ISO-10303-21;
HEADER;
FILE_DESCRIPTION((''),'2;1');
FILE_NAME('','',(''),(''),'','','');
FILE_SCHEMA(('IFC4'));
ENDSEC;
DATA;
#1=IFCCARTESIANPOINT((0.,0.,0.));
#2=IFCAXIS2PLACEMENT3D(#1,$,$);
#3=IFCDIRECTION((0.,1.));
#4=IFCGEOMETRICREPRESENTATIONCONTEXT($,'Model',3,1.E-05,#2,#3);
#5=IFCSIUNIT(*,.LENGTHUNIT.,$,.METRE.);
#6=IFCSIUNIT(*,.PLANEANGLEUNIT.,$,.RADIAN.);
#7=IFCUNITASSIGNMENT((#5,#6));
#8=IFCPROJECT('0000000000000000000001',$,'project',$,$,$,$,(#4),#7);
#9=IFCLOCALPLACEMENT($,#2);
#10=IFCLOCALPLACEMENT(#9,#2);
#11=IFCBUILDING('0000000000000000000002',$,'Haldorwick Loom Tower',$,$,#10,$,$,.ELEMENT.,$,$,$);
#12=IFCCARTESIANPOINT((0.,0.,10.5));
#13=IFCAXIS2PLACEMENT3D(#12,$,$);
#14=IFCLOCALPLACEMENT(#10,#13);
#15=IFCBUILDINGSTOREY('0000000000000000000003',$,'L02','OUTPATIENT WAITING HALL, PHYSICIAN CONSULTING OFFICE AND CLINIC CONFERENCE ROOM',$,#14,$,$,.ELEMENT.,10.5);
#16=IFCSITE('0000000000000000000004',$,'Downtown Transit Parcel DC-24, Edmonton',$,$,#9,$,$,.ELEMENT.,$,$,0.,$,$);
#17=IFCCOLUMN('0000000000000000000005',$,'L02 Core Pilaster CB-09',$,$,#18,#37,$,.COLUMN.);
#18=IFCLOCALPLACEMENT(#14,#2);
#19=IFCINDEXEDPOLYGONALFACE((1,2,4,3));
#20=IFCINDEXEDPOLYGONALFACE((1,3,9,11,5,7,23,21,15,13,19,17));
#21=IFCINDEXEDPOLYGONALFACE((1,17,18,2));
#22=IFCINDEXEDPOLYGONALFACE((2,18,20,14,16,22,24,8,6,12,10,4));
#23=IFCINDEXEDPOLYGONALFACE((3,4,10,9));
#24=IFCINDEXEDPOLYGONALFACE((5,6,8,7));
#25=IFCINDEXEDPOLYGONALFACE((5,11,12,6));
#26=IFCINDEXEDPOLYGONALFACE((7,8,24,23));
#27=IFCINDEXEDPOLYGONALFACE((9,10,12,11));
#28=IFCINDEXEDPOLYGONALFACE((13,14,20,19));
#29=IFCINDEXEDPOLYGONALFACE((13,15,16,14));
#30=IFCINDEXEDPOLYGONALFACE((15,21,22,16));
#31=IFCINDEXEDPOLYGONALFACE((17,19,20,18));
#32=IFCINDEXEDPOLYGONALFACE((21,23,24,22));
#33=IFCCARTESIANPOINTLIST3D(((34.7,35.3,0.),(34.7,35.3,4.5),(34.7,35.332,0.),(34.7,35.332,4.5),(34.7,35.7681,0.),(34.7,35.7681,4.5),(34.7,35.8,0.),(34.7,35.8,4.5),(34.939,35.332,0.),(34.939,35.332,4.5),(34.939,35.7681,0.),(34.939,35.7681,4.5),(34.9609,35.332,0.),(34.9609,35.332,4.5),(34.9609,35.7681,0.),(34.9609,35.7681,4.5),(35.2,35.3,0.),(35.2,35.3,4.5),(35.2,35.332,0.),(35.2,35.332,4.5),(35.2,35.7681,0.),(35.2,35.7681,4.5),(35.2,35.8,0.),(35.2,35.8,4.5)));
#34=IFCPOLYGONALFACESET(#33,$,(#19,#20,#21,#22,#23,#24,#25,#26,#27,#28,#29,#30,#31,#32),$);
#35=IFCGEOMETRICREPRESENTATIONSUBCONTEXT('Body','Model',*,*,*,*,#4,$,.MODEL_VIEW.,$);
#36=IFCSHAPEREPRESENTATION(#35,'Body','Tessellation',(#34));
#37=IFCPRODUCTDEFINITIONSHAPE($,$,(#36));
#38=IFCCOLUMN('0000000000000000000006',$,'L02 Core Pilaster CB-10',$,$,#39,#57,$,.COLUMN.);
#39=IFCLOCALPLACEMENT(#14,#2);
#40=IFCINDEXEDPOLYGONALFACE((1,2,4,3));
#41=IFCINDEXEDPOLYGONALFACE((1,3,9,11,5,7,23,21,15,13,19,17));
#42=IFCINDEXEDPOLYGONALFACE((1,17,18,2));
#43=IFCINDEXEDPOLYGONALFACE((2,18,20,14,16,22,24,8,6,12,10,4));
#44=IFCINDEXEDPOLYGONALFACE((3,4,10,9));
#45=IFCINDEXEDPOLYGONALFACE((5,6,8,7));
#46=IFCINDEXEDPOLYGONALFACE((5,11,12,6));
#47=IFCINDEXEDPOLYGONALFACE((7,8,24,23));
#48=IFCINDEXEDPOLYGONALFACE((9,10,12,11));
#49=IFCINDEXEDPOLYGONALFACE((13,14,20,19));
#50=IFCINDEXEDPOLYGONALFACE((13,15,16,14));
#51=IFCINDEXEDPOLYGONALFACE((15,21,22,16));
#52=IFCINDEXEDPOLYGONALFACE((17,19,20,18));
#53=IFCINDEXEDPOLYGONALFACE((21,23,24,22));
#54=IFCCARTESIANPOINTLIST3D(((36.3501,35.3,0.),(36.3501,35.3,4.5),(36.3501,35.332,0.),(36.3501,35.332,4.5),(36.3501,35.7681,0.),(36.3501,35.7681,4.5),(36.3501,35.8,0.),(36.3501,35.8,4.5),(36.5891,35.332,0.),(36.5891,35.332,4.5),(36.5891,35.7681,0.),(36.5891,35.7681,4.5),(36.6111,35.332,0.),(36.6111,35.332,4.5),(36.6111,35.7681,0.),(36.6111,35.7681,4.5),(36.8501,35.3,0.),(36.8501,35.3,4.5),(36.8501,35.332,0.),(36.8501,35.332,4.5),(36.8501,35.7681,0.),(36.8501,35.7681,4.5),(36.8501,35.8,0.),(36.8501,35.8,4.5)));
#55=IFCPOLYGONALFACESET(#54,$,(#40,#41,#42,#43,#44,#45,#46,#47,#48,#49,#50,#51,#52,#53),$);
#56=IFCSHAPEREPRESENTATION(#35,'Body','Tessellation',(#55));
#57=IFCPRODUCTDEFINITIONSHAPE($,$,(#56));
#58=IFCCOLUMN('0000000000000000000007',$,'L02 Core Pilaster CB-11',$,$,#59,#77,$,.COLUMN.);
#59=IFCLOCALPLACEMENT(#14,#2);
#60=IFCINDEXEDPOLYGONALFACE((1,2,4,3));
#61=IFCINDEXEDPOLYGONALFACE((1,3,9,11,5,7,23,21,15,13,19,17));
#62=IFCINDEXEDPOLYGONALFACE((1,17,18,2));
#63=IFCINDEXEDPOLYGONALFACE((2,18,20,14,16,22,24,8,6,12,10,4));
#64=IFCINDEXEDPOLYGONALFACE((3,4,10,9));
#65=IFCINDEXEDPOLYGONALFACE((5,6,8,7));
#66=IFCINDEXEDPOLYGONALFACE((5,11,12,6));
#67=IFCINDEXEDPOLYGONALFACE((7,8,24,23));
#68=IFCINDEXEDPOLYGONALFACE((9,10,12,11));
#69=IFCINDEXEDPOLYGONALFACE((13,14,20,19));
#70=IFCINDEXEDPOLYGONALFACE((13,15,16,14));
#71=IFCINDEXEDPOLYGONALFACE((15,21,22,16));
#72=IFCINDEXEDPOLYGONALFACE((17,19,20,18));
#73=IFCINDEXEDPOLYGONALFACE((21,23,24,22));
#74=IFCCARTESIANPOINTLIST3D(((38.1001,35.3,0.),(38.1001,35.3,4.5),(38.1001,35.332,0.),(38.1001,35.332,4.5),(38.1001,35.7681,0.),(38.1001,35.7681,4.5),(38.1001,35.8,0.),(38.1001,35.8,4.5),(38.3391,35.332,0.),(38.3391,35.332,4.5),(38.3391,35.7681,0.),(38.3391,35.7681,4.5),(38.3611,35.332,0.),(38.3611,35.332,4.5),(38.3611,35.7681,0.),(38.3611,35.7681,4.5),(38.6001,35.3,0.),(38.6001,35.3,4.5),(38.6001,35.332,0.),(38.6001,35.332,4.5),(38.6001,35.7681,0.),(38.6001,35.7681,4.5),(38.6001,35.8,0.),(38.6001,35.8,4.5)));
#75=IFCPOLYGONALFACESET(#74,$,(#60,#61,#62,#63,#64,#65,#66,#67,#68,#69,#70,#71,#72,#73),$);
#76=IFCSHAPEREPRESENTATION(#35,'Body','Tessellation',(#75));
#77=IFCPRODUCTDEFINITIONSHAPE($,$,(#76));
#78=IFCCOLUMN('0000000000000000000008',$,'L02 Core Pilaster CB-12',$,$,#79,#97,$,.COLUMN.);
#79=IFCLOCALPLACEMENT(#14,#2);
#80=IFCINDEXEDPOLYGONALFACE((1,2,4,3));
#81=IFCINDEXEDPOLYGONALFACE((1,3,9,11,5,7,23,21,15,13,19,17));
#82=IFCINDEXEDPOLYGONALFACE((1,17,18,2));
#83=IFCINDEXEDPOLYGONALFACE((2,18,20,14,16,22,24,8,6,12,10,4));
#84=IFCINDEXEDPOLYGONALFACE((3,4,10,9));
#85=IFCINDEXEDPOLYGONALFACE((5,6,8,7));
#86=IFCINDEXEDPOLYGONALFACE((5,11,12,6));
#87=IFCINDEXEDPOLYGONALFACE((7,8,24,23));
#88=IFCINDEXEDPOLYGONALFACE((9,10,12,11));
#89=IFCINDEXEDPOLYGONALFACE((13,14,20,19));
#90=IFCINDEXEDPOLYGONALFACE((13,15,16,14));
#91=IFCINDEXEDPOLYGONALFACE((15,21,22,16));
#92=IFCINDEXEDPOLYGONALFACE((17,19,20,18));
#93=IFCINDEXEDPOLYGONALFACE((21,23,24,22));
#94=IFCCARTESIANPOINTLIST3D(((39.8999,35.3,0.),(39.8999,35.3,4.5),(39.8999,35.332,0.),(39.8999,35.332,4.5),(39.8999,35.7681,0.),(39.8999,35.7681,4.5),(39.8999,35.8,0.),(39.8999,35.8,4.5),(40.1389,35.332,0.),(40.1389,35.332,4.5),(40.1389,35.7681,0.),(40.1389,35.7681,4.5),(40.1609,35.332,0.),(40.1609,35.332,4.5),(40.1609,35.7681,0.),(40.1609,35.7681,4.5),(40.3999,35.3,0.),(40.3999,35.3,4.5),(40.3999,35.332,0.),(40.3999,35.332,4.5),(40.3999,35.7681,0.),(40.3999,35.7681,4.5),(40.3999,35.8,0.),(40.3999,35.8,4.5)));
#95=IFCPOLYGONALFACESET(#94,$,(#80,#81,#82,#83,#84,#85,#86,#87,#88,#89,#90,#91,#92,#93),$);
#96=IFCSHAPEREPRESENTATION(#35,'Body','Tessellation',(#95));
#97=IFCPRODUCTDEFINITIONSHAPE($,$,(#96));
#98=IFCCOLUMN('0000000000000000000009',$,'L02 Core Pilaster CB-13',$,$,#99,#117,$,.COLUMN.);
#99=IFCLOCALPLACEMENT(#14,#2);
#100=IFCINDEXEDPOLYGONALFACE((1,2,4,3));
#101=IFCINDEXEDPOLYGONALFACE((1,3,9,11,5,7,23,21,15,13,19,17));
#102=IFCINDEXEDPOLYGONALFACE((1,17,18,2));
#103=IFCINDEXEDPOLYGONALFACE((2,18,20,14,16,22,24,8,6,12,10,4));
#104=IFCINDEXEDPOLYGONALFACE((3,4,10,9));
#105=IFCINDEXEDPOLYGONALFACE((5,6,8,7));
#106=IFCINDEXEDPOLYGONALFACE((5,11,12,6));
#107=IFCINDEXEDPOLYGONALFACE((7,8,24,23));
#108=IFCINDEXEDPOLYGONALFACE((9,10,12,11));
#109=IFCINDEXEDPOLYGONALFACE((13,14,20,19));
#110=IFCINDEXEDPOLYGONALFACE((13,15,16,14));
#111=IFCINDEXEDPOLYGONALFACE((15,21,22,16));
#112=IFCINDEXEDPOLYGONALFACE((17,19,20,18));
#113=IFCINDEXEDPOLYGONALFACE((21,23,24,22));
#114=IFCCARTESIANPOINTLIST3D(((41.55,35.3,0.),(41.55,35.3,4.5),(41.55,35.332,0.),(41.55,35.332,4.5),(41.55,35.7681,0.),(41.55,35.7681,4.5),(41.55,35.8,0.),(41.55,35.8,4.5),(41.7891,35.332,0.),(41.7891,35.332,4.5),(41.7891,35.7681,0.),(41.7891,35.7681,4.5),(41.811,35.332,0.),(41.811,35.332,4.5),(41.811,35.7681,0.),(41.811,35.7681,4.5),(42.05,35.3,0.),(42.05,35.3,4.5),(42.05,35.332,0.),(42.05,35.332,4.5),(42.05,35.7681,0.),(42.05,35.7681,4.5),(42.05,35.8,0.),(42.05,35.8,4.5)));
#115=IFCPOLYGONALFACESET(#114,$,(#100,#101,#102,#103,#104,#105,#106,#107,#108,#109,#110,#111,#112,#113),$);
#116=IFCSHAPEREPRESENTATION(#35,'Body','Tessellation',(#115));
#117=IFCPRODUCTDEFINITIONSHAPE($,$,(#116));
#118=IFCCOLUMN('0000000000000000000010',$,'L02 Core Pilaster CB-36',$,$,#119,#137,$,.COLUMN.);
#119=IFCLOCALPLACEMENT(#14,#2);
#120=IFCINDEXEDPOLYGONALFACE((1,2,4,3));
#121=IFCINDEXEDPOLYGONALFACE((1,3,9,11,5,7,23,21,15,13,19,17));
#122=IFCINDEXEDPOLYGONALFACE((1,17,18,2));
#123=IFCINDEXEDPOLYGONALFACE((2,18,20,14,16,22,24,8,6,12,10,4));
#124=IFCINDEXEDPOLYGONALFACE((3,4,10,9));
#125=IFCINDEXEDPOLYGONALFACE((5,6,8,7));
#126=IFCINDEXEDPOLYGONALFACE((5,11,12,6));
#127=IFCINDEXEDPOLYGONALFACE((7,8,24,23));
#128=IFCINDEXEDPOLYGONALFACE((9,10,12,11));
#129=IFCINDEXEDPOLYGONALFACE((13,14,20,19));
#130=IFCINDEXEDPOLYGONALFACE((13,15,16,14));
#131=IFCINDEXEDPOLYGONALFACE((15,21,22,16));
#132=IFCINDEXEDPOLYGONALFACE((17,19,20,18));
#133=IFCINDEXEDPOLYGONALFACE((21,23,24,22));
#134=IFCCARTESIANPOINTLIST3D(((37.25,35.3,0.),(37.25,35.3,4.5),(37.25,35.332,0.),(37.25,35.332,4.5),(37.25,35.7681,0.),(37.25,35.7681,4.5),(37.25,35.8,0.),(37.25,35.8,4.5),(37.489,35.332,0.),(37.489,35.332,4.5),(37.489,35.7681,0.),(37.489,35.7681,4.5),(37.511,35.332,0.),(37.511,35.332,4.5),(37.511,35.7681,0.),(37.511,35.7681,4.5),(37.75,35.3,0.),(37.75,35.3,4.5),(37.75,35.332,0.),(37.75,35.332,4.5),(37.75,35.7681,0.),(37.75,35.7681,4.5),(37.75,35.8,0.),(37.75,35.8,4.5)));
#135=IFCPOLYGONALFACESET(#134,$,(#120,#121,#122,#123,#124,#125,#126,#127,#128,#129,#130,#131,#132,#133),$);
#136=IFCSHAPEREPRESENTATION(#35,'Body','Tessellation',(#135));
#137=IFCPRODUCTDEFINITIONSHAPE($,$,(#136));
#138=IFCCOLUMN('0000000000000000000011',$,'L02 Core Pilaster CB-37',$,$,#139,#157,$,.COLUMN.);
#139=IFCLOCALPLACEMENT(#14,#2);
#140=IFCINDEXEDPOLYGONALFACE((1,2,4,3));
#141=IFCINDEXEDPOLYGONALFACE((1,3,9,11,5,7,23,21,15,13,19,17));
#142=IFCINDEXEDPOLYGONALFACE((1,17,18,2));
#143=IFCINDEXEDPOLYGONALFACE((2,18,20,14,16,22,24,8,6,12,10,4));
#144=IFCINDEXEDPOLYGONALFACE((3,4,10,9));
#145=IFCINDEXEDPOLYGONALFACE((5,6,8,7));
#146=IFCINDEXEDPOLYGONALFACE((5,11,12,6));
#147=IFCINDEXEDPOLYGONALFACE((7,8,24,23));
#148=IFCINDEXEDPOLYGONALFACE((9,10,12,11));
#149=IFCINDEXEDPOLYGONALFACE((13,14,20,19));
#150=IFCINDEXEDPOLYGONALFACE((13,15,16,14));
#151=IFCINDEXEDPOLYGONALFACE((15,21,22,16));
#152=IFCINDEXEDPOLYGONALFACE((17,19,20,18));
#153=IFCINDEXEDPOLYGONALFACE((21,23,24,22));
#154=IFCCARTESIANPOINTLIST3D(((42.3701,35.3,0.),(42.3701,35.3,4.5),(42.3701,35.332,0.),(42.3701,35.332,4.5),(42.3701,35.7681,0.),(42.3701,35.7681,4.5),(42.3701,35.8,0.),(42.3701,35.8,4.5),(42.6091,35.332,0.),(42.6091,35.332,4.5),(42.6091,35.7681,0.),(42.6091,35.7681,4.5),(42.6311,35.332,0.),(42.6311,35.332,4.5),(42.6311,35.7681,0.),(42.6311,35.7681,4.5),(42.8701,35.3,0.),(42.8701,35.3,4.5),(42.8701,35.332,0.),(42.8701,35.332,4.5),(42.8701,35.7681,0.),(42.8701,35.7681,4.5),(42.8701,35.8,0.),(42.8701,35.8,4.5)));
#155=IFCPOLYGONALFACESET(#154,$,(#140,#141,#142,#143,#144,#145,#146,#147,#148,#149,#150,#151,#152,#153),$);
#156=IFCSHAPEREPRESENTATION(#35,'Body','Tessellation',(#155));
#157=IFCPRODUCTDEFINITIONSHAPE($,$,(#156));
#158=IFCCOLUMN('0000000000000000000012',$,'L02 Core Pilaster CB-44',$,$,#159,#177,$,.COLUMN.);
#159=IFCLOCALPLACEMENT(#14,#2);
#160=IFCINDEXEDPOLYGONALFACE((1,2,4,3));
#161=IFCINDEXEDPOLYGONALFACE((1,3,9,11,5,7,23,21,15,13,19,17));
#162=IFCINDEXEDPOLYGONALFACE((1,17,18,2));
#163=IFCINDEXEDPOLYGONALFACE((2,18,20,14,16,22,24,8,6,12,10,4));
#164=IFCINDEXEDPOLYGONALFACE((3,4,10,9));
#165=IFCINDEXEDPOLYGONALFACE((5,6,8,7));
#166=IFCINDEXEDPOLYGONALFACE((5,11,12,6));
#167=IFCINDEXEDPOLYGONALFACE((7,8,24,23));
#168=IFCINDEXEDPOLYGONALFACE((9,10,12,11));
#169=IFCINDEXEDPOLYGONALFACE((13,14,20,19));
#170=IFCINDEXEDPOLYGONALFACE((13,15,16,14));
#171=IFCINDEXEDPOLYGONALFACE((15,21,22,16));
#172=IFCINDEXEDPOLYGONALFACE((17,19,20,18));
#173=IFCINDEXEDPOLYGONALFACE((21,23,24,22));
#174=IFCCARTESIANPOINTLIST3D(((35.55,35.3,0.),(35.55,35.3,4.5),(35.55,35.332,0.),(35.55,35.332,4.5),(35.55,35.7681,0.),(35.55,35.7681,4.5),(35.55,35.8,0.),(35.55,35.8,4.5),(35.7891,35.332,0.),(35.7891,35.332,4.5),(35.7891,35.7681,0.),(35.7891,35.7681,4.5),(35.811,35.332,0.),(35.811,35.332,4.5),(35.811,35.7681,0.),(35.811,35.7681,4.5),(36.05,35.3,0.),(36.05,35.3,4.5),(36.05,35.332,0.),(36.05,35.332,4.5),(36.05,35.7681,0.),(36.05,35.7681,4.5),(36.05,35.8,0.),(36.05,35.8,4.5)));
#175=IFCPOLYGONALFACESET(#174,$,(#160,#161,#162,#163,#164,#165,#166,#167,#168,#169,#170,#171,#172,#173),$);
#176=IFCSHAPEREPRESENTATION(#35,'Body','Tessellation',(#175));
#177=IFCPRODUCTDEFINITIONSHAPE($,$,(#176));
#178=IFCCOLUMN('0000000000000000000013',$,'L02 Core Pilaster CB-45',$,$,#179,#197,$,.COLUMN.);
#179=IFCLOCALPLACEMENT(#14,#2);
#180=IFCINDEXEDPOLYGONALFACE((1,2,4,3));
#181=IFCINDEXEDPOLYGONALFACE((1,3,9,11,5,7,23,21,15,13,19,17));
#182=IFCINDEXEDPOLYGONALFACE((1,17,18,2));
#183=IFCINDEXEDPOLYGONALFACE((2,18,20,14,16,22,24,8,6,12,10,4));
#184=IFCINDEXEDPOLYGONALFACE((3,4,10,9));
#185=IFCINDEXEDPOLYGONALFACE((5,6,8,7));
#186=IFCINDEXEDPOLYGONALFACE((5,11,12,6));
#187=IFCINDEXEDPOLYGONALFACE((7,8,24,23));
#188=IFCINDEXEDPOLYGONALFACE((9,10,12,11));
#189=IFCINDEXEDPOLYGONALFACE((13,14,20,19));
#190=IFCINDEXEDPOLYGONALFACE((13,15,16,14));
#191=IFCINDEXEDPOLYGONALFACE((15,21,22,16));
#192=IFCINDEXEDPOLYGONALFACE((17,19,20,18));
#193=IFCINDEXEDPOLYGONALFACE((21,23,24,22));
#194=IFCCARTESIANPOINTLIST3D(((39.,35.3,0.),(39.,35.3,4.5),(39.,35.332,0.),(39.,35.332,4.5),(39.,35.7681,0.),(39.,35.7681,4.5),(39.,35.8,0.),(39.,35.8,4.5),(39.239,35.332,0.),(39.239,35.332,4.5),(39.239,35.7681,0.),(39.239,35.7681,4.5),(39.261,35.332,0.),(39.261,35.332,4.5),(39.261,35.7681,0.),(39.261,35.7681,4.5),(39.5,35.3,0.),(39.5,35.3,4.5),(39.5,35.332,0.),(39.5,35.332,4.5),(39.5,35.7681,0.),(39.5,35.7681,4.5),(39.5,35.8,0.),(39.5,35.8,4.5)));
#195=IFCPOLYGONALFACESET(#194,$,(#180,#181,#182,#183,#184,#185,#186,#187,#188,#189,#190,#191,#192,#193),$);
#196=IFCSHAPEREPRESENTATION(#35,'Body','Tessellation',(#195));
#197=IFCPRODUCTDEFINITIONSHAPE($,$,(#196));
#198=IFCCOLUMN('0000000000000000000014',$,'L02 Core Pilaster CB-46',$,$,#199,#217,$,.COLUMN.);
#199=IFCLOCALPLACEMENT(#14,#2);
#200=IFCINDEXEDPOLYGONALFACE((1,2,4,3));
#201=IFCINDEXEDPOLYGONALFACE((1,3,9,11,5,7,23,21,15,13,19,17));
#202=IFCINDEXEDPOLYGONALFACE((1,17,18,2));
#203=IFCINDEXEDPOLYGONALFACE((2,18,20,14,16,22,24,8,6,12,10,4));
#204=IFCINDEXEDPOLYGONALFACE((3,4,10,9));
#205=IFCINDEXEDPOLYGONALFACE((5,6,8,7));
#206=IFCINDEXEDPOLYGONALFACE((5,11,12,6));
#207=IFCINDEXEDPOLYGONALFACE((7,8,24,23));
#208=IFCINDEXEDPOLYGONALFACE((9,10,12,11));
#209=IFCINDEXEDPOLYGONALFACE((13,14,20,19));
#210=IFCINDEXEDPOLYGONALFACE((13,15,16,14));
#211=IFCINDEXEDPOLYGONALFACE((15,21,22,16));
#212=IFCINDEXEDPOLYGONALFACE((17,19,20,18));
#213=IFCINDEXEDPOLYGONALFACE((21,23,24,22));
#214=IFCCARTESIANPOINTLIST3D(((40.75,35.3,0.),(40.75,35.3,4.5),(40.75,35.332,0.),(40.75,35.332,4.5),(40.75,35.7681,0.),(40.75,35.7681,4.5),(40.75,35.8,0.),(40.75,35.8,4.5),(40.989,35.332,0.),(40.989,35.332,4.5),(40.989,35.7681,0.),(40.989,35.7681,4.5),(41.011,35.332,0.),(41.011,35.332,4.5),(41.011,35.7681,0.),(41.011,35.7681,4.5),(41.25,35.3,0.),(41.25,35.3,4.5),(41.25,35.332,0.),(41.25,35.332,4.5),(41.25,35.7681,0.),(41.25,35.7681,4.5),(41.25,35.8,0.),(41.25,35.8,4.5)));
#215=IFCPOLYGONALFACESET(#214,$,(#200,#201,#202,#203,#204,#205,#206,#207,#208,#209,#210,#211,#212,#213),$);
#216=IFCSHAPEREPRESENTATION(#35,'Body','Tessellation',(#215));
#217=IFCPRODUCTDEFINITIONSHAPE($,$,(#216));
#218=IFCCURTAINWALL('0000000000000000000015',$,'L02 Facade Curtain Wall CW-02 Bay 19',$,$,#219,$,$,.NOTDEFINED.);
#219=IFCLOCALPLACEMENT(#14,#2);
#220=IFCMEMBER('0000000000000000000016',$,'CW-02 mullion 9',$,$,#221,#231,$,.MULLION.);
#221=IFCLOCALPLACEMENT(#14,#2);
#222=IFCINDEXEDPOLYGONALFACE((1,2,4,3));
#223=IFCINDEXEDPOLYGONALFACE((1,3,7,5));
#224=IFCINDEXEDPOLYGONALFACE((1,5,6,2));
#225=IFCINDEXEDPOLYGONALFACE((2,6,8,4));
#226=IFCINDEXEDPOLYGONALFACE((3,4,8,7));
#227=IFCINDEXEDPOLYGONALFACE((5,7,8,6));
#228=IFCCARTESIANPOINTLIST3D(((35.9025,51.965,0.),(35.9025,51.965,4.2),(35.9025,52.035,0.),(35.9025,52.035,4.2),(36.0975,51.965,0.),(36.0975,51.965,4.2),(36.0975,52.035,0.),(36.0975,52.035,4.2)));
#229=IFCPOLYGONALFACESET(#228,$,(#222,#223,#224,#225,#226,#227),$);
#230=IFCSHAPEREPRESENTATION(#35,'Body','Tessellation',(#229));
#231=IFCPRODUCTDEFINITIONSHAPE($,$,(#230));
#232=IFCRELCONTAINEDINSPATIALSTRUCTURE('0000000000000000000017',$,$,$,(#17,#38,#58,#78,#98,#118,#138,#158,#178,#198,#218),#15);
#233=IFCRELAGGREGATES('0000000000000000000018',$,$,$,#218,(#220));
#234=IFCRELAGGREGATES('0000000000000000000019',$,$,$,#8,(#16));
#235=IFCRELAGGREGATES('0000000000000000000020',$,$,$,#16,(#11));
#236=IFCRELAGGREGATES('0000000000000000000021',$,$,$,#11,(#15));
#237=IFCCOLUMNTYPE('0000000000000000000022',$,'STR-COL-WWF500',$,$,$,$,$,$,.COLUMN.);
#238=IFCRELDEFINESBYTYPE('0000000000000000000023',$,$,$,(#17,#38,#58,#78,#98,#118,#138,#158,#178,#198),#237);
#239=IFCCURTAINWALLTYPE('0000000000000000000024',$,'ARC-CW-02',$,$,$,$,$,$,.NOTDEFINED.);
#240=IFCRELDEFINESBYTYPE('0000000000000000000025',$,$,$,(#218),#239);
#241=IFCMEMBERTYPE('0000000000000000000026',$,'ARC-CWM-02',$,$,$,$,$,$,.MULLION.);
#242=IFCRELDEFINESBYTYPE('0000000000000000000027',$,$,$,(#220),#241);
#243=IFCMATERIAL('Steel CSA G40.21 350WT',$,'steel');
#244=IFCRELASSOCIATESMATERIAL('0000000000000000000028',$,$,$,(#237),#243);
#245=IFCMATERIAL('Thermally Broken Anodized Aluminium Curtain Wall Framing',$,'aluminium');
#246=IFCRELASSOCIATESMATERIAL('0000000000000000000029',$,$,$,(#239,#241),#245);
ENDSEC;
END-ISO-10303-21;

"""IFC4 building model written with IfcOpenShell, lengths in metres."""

from ifc_helpers import new_model, si_unit, direction, frame, origin, origin_2d, place, context, subcontext, project, spatial, rectangle, i_section, extrude, material, material_profile, profile_set, type_object, element, aggregate, save


model = new_model("IFC4")

# Units and contexts
model_context = context("Model", 3, precision=1e-05, world=origin(), true_north=direction((0.0, 1.0)))
body_context = subcontext(model_context, "Body", "Model", "MODEL_VIEW")
ifc_project = project(units=[si_unit("LENGTHUNIT", "METRE"), si_unit("PLANEANGLEUNIT", "RADIAN")], contexts=[model_context])

# Site, building, storey
site_placement = place(None, origin())
site = spatial("IfcSite", under=ifc_project, at=site_placement, Name="Downtown Transit Parcel DC-24, Edmonton", CompositionType="ELEMENT", RefElevation=0.0)
building_placement = place(site_placement, origin())
building = spatial("IfcBuilding", under=site, at=building_placement, Name="Haldorwick Loom Tower", CompositionType="ELEMENT")
storey_placement = place(building_placement, frame((0.0, 0.0, 10.5)))
storey = spatial("IfcBuildingStorey", under=building, at=storey_placement, Name="L02", Description="OUTPATIENT WAITING HALL, PHYSICIAN CONSULTING OFFICE AND CLINIC CONFERENCE ROOM", CompositionType="ELEMENT", Elevation=10.5)

# Columns
ifc_material_1 = material(Name="Steel CSA G40.21 350WT", Category="steel")
ifc_material_profile_1 = material_profile(ifc_material_1, i_section(OverallWidth=0.5, OverallDepth=0.5, WebThickness=0.022, FlangeThickness=0.032, at=origin_2d()), Name="WWF500X500", Category="steel")
ifc_profile_set_1 = profile_set([ifc_material_profile_1], Name="Steel CSA G40.21 350WT")
column_type = type_object("IfcColumnType", Name="STR-COL-WWF500", PredefinedType="COLUMN", material=ifc_profile_set_1)
for number, where, z_axis, x_axis, name in (
    (1, (34.95, 35.55, 0.0), (0.0, 0.0, 1.0), (1.0, 0.0, 0.0), "L02 Core Pilaster CB-09"),
    (2, (36.6001, 35.55, 0.0), (0.0, 0.0, 1.0), (1.0, 0.0, 0.0), "L02 Core Pilaster CB-10"),
    (3, (38.3501, 35.55, 0.0), (0.0, 0.0, 1.0), (1.0, 0.0, 0.0), "L02 Core Pilaster CB-11"),
    (4, (40.1499, 35.55, 0.0), (0.0, 0.0, 1.0), (1.0, 0.0, 0.0), "L02 Core Pilaster CB-12"),
    (5, (41.8, 35.55, 0.0), (0.0, 0.0, 1.0), (1.0, 0.0, 0.0), "L02 Core Pilaster CB-13"),
    (6, (37.5, 35.55, 0.0), (0.0, 0.0, 1.0), (1.0, 0.0, 0.0), "L02 Core Pilaster CB-36"),
    (7, (42.6201, 35.55, 0.0), (0.0, 0.0, 1.0), (1.0, 0.0, 0.0), "L02 Core Pilaster CB-37"),
    (8, (35.8, 35.55, 0.0), (0.0, 0.0, 1.0), (1.0, 0.0, 0.0), "L02 Core Pilaster CB-44"),
    (9, (39.25, 35.55, 0.0), (0.0, 0.0, 1.0), (1.0, 0.0, 0.0), "L02 Core Pilaster CB-45"),
    (10, (41.0, 35.55, 0.0), (0.0, 0.0, 1.0), (1.0, 0.0, 0.0), "L02 Core Pilaster CB-46"),
):
    element("IfcColumn", number, at=place(storey_placement, frame(where, z_axis=z_axis, x_axis=x_axis)), inside=storey, type_object=column_type, Name=name, PredefinedType="COLUMN", context=body_context, shape_type="SweptSolid", body=[
        extrude(i_section(OverallWidth=0.5, OverallDepth=0.5, WebThickness=0.022, FlangeThickness=0.032, at=origin_2d()), origin(), (0.0, 0.0, 1.0), 4.5),
    ])

# Curtain wall, member
ifc_material_2 = material(Name="Thermally Broken Anodized Aluminium Curtain Wall Framing", Category="aluminium")
curtain_wall_type = type_object("IfcCurtainWallType", Name="ARC-CW-02", PredefinedType="NOTDEFINED", material=ifc_material_2)
curtain_wall_placement = place(storey_placement, origin())
curtain_wall = element("IfcCurtainWall", 11, at=curtain_wall_placement, inside=storey, type_object=curtain_wall_type, Name="L02 Facade Curtain Wall CW-02 Bay 19", PredefinedType="NOTDEFINED")
ifc_material_profile_2 = material_profile(ifc_material_2, rectangle(XDim=0.0701, YDim=0.1951, at=origin_2d()), Name="ALU_MUL_70X195", Category="aluminium")
ifc_profile_set_2 = profile_set([ifc_material_profile_2], Name="Thermally Broken Anodized Aluminium Curtain Wall Framing")
member_type_1 = type_object("IfcMemberType", Name="ARC-CWM-02", PredefinedType="MULLION", material=ifc_profile_set_2)
member_1_placement = place(storey_placement, frame((36.0, 52.0, 0.0), z_axis=(0.0, 0.0, 1.0), x_axis=(0.0, -1.0, 0.0)))
member_1 = element("IfcMember", 12, at=member_1_placement, type_object=member_type_1, Name="CW-02 mullion 9", PredefinedType="MULLION", context=body_context, shape_type="SweptSolid", body=[
    extrude(rectangle(XDim=0.0701, YDim=0.1951, at=origin_2d()), origin(), (0.0, 0.0, 1.0), 4.2),
])

aggregate(curtain_wall, [member_1])

save(model, "model.ifc")
